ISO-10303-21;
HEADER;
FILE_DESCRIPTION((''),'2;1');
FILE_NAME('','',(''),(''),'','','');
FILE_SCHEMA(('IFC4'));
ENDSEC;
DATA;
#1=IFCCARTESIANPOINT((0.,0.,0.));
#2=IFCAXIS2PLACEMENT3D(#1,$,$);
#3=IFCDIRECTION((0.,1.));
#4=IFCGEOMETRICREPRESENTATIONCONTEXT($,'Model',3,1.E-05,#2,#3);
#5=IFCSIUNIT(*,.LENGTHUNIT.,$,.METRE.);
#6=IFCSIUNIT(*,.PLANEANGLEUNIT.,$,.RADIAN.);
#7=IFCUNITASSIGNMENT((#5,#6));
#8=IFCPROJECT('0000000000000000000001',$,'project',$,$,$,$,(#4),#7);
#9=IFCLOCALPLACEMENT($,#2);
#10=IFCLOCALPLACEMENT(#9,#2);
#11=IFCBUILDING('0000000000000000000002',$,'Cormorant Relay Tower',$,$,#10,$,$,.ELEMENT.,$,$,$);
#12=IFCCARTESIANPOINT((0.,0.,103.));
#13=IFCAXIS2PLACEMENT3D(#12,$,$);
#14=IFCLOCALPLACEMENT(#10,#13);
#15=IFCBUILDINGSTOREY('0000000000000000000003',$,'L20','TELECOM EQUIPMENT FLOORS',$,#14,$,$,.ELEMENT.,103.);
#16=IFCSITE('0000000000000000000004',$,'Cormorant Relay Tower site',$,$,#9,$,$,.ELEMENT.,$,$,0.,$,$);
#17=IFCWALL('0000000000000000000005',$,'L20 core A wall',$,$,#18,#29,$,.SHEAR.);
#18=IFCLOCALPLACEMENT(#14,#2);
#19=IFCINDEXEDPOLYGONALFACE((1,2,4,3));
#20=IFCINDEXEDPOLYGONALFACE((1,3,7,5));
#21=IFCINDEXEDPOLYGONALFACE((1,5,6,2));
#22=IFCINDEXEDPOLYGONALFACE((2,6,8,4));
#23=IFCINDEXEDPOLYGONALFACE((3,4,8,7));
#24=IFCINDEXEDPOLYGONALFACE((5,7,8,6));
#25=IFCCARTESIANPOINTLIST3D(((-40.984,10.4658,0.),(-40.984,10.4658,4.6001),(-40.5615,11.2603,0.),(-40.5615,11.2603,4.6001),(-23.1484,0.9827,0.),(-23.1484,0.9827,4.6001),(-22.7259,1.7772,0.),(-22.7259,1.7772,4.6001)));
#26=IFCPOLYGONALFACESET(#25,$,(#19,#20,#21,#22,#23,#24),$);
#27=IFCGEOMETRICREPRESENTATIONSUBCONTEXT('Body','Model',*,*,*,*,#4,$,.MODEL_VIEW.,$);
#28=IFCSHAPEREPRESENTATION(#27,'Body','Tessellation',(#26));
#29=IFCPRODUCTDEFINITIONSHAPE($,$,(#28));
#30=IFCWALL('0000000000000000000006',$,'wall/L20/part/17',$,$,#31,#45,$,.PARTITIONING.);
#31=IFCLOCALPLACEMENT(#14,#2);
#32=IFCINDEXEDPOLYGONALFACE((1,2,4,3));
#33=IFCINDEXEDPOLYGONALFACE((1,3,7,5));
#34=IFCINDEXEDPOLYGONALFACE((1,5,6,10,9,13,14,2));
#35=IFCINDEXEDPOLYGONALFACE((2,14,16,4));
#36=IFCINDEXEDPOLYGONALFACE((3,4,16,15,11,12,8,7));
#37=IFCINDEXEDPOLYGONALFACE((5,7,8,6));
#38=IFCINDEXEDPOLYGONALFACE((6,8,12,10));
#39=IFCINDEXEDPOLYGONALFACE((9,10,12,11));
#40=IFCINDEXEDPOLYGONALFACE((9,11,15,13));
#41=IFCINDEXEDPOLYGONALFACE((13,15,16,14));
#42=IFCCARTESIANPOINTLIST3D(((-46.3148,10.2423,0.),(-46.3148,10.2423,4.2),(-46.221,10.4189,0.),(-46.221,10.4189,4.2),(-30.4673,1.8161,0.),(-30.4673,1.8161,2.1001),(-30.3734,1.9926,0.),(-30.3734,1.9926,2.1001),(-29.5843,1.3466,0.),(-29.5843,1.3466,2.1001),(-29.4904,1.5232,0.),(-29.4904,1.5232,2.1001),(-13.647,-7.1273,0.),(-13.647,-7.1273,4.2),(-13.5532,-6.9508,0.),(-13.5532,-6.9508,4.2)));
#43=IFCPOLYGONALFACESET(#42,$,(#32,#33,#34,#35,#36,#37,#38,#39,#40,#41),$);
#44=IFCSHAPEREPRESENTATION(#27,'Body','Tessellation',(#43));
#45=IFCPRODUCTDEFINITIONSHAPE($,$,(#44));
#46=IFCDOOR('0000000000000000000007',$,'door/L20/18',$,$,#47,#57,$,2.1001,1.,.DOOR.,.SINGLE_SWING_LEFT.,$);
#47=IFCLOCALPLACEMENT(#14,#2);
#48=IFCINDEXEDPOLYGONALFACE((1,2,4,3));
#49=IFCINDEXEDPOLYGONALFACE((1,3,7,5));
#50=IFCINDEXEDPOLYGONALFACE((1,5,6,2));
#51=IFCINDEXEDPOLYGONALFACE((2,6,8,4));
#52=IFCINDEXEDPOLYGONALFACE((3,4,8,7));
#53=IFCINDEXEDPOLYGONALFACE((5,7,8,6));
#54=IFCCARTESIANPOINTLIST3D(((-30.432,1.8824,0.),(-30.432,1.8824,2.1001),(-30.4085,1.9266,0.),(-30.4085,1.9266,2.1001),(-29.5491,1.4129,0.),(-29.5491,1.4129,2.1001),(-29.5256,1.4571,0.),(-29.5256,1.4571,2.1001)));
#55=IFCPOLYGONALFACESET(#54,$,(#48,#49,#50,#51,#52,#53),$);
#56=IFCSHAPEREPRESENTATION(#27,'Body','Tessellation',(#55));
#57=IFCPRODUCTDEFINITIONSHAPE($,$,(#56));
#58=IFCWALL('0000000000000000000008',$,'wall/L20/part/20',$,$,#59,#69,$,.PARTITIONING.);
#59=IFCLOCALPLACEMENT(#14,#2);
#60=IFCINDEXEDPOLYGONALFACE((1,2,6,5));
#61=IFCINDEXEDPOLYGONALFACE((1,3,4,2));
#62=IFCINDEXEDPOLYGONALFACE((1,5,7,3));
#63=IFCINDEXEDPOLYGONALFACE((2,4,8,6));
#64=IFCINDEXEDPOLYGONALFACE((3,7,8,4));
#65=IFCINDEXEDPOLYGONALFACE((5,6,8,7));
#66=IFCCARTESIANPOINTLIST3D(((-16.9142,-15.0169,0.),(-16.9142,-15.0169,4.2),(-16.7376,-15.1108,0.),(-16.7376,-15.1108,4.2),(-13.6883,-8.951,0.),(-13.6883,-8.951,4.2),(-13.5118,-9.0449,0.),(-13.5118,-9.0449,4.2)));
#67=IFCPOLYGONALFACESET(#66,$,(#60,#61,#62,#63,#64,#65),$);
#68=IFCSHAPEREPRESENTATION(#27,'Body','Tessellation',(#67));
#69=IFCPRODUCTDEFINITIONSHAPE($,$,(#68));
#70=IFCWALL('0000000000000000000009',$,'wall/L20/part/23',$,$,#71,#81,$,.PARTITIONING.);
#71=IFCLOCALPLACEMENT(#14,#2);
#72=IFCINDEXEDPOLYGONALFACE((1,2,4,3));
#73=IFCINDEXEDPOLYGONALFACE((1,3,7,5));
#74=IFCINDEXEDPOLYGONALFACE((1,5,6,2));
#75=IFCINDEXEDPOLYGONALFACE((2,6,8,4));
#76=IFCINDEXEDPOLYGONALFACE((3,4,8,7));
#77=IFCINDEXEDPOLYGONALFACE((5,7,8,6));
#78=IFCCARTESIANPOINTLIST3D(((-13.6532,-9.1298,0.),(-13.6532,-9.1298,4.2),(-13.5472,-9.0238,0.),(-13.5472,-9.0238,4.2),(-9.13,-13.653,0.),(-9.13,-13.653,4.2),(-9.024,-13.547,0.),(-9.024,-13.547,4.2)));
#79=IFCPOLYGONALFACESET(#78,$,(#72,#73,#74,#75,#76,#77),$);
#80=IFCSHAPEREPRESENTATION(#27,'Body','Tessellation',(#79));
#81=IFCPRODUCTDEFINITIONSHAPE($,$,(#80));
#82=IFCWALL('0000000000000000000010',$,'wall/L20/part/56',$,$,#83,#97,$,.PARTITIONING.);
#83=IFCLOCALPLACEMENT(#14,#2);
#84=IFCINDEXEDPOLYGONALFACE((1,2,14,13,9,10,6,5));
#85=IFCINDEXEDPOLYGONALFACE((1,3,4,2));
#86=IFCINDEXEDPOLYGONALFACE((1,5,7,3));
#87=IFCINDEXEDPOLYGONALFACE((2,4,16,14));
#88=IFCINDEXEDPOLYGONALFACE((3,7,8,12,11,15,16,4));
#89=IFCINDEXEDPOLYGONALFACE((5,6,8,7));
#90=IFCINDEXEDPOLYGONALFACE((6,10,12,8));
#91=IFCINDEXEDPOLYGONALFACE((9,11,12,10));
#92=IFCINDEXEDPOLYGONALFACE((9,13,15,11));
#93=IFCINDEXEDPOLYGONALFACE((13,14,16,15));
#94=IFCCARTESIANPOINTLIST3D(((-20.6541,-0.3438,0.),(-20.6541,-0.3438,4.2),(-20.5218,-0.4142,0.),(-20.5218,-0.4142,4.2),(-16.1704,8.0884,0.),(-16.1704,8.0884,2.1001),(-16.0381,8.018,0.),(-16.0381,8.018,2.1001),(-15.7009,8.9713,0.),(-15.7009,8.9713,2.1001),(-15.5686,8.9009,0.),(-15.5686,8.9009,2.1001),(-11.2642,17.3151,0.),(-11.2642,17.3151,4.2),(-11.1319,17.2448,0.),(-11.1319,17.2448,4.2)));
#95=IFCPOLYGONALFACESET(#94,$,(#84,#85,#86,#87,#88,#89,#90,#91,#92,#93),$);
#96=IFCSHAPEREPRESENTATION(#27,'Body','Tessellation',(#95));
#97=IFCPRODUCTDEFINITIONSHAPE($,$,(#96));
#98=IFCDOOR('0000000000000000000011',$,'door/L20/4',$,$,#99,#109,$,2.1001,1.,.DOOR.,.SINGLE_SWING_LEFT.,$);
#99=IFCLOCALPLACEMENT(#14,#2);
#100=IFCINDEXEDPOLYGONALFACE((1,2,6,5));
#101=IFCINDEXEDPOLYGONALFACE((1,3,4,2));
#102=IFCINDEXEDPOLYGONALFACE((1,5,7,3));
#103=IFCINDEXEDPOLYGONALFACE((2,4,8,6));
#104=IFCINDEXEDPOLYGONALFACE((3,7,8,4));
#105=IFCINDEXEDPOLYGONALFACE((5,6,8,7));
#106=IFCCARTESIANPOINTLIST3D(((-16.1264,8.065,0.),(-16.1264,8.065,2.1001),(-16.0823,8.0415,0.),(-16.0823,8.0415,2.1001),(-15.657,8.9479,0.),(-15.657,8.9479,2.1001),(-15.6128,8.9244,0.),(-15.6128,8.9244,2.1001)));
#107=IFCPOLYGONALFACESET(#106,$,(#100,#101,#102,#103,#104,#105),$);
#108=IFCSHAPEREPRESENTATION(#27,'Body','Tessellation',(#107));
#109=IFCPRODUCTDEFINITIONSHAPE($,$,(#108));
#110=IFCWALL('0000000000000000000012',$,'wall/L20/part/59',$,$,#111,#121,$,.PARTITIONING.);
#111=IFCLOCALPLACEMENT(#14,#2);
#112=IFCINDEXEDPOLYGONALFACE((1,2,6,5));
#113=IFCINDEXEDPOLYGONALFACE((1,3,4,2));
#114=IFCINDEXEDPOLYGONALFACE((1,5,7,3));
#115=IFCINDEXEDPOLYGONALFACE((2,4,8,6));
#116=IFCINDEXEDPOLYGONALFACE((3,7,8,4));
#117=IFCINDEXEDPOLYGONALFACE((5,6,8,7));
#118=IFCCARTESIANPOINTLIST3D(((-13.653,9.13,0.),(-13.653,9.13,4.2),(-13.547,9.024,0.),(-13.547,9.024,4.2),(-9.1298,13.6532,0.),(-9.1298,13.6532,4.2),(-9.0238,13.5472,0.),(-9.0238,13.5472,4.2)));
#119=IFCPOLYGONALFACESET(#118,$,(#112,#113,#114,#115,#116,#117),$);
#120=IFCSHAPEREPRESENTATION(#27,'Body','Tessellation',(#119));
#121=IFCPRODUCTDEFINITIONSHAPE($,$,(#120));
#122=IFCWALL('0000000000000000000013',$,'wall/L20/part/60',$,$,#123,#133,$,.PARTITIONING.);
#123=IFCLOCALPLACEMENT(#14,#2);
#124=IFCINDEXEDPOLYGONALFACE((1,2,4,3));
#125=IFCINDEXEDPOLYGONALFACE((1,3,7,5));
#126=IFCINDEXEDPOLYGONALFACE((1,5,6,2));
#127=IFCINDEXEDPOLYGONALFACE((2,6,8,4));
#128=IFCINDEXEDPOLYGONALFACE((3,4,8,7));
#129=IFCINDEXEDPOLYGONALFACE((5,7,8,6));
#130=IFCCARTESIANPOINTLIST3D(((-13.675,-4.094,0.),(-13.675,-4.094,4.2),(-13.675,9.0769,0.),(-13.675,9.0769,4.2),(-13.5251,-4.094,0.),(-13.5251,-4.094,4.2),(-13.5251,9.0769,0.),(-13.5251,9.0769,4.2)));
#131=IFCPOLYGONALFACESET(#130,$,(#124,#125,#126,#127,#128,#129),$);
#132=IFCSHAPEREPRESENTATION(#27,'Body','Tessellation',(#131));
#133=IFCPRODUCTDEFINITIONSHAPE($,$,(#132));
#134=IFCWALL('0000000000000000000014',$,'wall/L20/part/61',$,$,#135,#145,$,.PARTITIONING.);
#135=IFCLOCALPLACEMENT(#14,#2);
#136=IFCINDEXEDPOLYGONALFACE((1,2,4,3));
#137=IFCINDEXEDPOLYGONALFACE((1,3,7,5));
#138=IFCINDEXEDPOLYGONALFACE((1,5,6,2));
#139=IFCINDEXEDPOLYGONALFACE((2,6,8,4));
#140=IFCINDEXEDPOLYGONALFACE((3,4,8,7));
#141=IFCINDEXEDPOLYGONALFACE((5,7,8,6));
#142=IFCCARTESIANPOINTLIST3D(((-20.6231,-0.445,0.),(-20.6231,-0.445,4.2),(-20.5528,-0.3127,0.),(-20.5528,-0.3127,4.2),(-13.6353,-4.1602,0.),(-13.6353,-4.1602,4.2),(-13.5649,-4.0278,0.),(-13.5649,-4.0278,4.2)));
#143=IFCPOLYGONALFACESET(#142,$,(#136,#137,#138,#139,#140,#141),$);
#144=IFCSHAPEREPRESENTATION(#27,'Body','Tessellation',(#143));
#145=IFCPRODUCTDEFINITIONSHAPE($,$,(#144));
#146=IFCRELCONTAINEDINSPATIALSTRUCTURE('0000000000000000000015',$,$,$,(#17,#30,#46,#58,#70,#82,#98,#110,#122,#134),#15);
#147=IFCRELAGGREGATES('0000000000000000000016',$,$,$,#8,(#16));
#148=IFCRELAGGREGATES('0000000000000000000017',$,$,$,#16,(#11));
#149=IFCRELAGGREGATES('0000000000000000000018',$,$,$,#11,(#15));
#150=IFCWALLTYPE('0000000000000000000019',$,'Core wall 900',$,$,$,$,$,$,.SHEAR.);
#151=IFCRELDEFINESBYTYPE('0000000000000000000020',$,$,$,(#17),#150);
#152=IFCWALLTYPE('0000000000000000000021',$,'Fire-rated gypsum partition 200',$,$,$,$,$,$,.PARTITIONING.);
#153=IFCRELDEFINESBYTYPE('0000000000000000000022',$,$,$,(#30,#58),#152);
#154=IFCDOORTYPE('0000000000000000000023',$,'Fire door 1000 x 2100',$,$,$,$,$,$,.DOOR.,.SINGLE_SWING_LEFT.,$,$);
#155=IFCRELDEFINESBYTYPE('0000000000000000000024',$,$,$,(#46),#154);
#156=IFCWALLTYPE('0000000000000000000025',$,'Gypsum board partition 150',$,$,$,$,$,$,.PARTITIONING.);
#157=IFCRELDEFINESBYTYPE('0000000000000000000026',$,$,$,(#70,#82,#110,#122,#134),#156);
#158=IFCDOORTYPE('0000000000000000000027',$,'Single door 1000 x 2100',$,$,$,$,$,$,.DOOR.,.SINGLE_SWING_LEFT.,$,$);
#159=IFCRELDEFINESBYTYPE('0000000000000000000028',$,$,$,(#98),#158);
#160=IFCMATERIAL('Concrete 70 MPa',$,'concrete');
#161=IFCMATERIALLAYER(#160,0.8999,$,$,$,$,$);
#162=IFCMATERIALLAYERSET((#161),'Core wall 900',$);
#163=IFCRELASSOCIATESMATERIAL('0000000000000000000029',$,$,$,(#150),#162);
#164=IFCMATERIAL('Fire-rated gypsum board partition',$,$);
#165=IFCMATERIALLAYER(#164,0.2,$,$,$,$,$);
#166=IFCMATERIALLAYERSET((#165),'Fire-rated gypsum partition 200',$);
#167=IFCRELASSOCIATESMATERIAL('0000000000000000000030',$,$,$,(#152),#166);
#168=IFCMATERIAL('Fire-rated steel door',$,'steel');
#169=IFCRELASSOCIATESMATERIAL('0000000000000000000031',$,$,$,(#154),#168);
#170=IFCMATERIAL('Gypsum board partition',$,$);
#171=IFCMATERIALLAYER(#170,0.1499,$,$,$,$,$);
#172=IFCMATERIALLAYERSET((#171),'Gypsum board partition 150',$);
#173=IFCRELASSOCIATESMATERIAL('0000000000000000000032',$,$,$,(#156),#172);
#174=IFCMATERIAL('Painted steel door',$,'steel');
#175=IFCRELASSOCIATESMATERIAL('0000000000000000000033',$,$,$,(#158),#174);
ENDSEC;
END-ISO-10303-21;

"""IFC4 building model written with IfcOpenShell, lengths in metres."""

from ifc_helpers import new_model, si_unit, direction, frame, frame_2d, origin, place, context, subcontext, project, spatial, rectangle, extrude, material, layer, layer_set, type_object, element, fill, save


model = new_model("IFC4")

# Units and contexts
model_context = context("Model", 3, precision=1e-05, world=origin(), true_north=direction((0.0, 1.0)))
body_context = subcontext(model_context, "Body", "Model", "MODEL_VIEW")
ifc_project = project(units=[si_unit("LENGTHUNIT", "METRE"), si_unit("PLANEANGLEUNIT", "RADIAN")], contexts=[model_context])

# Site, building, storey
site_placement = place(None, origin())
site = spatial("IfcSite", under=ifc_project, at=site_placement, Name="Cormorant Relay Tower site", CompositionType="ELEMENT", RefElevation=0.0)
building_placement = place(site_placement, origin())
building = spatial("IfcBuilding", under=site, at=building_placement, Name="Cormorant Relay Tower", CompositionType="ELEMENT")
storey_placement = place(building_placement, frame((0.0, 0.0, 103.0)))
storey = spatial("IfcBuildingStorey", under=building, at=storey_placement, Name="L20", Description="TELECOM EQUIPMENT FLOORS", CompositionType="ELEMENT", Elevation=103.0)

# Wall
ifc_material_1 = material(Name="Concrete 70 MPa", Category="concrete")
ifc_layer_1 = layer(ifc_material_1, 0.8999)
ifc_layer_set_1 = layer_set([ifc_layer_1], Name="Core wall 900")
wall_type_1 = type_object("IfcWallType", Name="Core wall 900", PredefinedType="SHEAR", material=ifc_layer_set_1)
wall_1_placement = place(storey_placement, frame((-22.937, 1.3799, 0.0), z_axis=(0.0, 0.0, 1.0), x_axis=(-0.882953, 0.469462, 0.0)))
element("IfcWall", 1, at=wall_1_placement, inside=storey, type_object=wall_type_1, Name="L20 core A wall", PredefinedType="SHEAR", context=body_context, shape_type="SweptSolid", body=[
    extrude(rectangle(XDim=20.2, YDim=0.8999, at=frame_2d((10.1001, 0.0))), origin(), (0.0, 0.0, 1.0), 4.6001),
])

# Wall, opening, door
ifc_material_2 = material(Name="Fire-rated gypsum board partition")
ifc_layer_2 = layer(ifc_material_2, 0.2)
ifc_layer_set_2 = layer_set([ifc_layer_2], Name="Fire-rated gypsum partition 200")
wall_type_2 = type_object("IfcWallType", Name="Fire-rated gypsum partition 200", PredefinedType="PARTITIONING", material=ifc_layer_set_2)
wall_2_placement = place(storey_placement, frame((-13.6001, -7.0391, 0.0), z_axis=(0.0, 0.0, 1.0), x_axis=(-0.882949, 0.469469, 0.0)))
wall_2 = element("IfcWall", 2, at=wall_2_placement, inside=storey, type_object=wall_type_2, Name="wall/L20/part/17", PredefinedType="PARTITIONING", context=body_context, shape_type="SweptSolid", body=[
    extrude(rectangle(XDim=36.9985, YDim=0.2, at=frame_2d((18.4993, 0.0))), origin(), (0.0, 0.0, 1.0), 4.2),
])
opening_1_placement = place(wall_2_placement, frame((18.05, 0.0, 0.0)))
opening_1 = element("IfcOpeningElement", 3, at=opening_1_placement, cuts=wall_2, PredefinedType="OPENING", context=body_context, shape_type="SweptSolid", body=[
    extrude(rectangle(XDim=1.0, YDim=2.1001, at=frame_2d((0.5, 1.05))), frame((0.0, 0.1099, 0.0), z_axis=(0.0, -1.0, 0.0), x_axis=(1.0, 0.0, 0.0)), (0.0, 0.0, 1.0), 0.22),
])
ifc_material_3 = material(Name="Fire-rated steel door", Category="steel")
door_type_1 = type_object("IfcDoorType", Name="Fire door 1000 x 2100", OperationType="SINGLE_SWING_LEFT", PredefinedType="DOOR", material=ifc_material_3)
door_1_placement = place(opening_1_placement, origin())
door_1 = element("IfcDoor", 4, at=door_1_placement, inside=storey, type_object=door_type_1, Name="door/L20/18", OperationType="SINGLE_SWING_LEFT", OverallHeight=2.1001, OverallWidth=1.0, PredefinedType="DOOR", context=body_context, shape_type="SweptSolid", body=[
    extrude(rectangle(XDim=1.0, YDim=2.1001, at=frame_2d((0.5, 1.05))), frame((0.0, 0.0249, 0.0), z_axis=(0.0, -1.0, 0.0), x_axis=(1.0, 0.0, 0.0)), (0.0, 0.0, 1.0), 0.05),
])
fill(opening_1, door_1)

# Walls
wall_3_placement = place(storey_placement, frame((-13.6001, -8.998, 0.0), z_axis=(0.0, 0.0, 1.0), x_axis=(-0.469531, -0.882916, 0.0)))
element("IfcWall", 5, at=wall_3_placement, inside=storey, type_object=wall_type_2, Name="wall/L20/part/20", PredefinedType="PARTITIONING", context=body_context, shape_type="SweptSolid", body=[
    extrude(rectangle(XDim=6.8704, YDim=0.2, at=frame_2d((3.4351, 0.0))), origin(), (0.0, 0.0, 1.0), 4.2),
])
ifc_material_4 = material(Name="Gypsum board partition")
ifc_layer_3 = layer(ifc_material_4, 0.1499)
ifc_layer_set_3 = layer_set([ifc_layer_3], Name="Gypsum board partition 150")
wall_type_3 = type_object("IfcWallType", Name="Gypsum board partition 150", PredefinedType="PARTITIONING", material=ifc_layer_set_3)
wall_4_placement = place(storey_placement, frame((-13.6001, -9.0769, 0.0), z_axis=(0.0, 0.0, 1.0), x_axis=(0.707107, -0.707107, 0.0)))
element("IfcWall", 6, at=wall_4_placement, inside=storey, type_object=wall_type_3, Name="wall/L20/part/23", PredefinedType="PARTITIONING", context=body_context, shape_type="SweptSolid", body=[
    extrude(rectangle(XDim=6.3967, YDim=0.1499, at=frame_2d((3.1982, 0.0))), origin(), (0.0, 0.0, 1.0), 4.2),
])

# Wall, opening, door
wall_5_placement = place(storey_placement, frame((-20.5879, -0.3789, 0.0), z_axis=(0.0, 0.0, 1.0), x_axis=(0.46949, 0.882938, 0.0)))
wall_5 = element("IfcWall", 7, at=wall_5_placement, inside=storey, type_object=wall_type_3, Name="wall/L20/part/56", PredefinedType="PARTITIONING", context=body_context, shape_type="SweptSolid", body=[
    extrude(rectangle(XDim=20.0002, YDim=0.1499, at=frame_2d((10.0, 0.0))), origin(), (0.0, 0.0, 1.0), 4.2),
])
opening_2_placement = place(wall_5_placement, frame((9.55, 0.0, 0.0)))
opening_2 = element("IfcOpeningElement", 8, at=opening_2_placement, cuts=wall_5, PredefinedType="OPENING", context=body_context, shape_type="SweptSolid", body=[
    extrude(rectangle(XDim=1.0, YDim=2.1001, at=frame_2d((0.5, 1.05))), frame((0.0, 0.085, 0.0), z_axis=(0.0, -1.0, 0.0), x_axis=(1.0, 0.0, 0.0)), (0.0, 0.0, 1.0), 0.1699),
])
ifc_material_5 = material(Name="Painted steel door", Category="steel")
door_type_2 = type_object("IfcDoorType", Name="Single door 1000 x 2100", OperationType="SINGLE_SWING_LEFT", PredefinedType="DOOR", material=ifc_material_5)
door_2_placement = place(opening_2_placement, frame((1.0, 0.0, 0.0), z_axis=(0.0, 0.0, 1.0), x_axis=(-1.0, 0.0, 0.0)))
door_2 = element("IfcDoor", 9, at=door_2_placement, inside=storey, type_object=door_type_2, Name="door/L20/4", OperationType="SINGLE_SWING_LEFT", OverallHeight=2.1001, OverallWidth=1.0, PredefinedType="DOOR", context=body_context, shape_type="SweptSolid", body=[
    extrude(rectangle(XDim=1.0, YDim=2.1001, at=frame_2d((0.5, 1.05))), frame((0.0, 0.0249, 0.0), z_axis=(0.0, -1.0, 0.0), x_axis=(1.0, 0.0, 0.0)), (0.0, 0.0, 1.0), 0.05),
])
fill(opening_2, door_2)

# Walls
wall_6_placement = place(storey_placement, frame((-9.0769, 13.6001, 0.0), z_axis=(0.0, 0.0, 1.0), x_axis=(-0.707107, -0.707107, 0.0)))
element("IfcWall", 10, at=wall_6_placement, inside=storey, type_object=wall_type_3, Name="wall/L20/part/59", PredefinedType="PARTITIONING", context=body_context, shape_type="SweptSolid", body=[
    extrude(rectangle(XDim=6.3967, YDim=0.1499, at=frame_2d((3.1982, 0.0))), origin(), (0.0, 0.0, 1.0), 4.2),
])
wall_7_placement = place(storey_placement, frame((-13.6001, 9.0769, 0.0), z_axis=(0.0, 0.0, 1.0), x_axis=(0.0, -1.0, 0.0)))
element("IfcWall", 11, at=wall_7_placement, inside=storey, type_object=wall_type_3, Name="wall/L20/part/60", PredefinedType="PARTITIONING", context=body_context, shape_type="SweptSolid", body=[
    extrude(rectangle(XDim=13.1709, YDim=0.1499, at=frame_2d((6.5854, 0.0))), origin(), (0.0, 0.0, 1.0), 4.2),
])
wall_8_placement = place(storey_placement, frame((-13.6001, -4.094, 0.0), z_axis=(0.0, 0.0, 1.0), x_axis=(-0.882968, 0.469433, 0.0)))
element("IfcWall", 12, at=wall_8_placement, inside=storey, type_object=wall_type_3, Name="wall/L20/part/61", PredefinedType="PARTITIONING", context=body_context, shape_type="SweptSolid", body=[
    extrude(rectangle(XDim=7.9141, YDim=0.1499, at=frame_2d((3.957, 0.0))), origin(), (0.0, 0.0, 1.0), 4.2),
])

save(model, "model.ifc")
